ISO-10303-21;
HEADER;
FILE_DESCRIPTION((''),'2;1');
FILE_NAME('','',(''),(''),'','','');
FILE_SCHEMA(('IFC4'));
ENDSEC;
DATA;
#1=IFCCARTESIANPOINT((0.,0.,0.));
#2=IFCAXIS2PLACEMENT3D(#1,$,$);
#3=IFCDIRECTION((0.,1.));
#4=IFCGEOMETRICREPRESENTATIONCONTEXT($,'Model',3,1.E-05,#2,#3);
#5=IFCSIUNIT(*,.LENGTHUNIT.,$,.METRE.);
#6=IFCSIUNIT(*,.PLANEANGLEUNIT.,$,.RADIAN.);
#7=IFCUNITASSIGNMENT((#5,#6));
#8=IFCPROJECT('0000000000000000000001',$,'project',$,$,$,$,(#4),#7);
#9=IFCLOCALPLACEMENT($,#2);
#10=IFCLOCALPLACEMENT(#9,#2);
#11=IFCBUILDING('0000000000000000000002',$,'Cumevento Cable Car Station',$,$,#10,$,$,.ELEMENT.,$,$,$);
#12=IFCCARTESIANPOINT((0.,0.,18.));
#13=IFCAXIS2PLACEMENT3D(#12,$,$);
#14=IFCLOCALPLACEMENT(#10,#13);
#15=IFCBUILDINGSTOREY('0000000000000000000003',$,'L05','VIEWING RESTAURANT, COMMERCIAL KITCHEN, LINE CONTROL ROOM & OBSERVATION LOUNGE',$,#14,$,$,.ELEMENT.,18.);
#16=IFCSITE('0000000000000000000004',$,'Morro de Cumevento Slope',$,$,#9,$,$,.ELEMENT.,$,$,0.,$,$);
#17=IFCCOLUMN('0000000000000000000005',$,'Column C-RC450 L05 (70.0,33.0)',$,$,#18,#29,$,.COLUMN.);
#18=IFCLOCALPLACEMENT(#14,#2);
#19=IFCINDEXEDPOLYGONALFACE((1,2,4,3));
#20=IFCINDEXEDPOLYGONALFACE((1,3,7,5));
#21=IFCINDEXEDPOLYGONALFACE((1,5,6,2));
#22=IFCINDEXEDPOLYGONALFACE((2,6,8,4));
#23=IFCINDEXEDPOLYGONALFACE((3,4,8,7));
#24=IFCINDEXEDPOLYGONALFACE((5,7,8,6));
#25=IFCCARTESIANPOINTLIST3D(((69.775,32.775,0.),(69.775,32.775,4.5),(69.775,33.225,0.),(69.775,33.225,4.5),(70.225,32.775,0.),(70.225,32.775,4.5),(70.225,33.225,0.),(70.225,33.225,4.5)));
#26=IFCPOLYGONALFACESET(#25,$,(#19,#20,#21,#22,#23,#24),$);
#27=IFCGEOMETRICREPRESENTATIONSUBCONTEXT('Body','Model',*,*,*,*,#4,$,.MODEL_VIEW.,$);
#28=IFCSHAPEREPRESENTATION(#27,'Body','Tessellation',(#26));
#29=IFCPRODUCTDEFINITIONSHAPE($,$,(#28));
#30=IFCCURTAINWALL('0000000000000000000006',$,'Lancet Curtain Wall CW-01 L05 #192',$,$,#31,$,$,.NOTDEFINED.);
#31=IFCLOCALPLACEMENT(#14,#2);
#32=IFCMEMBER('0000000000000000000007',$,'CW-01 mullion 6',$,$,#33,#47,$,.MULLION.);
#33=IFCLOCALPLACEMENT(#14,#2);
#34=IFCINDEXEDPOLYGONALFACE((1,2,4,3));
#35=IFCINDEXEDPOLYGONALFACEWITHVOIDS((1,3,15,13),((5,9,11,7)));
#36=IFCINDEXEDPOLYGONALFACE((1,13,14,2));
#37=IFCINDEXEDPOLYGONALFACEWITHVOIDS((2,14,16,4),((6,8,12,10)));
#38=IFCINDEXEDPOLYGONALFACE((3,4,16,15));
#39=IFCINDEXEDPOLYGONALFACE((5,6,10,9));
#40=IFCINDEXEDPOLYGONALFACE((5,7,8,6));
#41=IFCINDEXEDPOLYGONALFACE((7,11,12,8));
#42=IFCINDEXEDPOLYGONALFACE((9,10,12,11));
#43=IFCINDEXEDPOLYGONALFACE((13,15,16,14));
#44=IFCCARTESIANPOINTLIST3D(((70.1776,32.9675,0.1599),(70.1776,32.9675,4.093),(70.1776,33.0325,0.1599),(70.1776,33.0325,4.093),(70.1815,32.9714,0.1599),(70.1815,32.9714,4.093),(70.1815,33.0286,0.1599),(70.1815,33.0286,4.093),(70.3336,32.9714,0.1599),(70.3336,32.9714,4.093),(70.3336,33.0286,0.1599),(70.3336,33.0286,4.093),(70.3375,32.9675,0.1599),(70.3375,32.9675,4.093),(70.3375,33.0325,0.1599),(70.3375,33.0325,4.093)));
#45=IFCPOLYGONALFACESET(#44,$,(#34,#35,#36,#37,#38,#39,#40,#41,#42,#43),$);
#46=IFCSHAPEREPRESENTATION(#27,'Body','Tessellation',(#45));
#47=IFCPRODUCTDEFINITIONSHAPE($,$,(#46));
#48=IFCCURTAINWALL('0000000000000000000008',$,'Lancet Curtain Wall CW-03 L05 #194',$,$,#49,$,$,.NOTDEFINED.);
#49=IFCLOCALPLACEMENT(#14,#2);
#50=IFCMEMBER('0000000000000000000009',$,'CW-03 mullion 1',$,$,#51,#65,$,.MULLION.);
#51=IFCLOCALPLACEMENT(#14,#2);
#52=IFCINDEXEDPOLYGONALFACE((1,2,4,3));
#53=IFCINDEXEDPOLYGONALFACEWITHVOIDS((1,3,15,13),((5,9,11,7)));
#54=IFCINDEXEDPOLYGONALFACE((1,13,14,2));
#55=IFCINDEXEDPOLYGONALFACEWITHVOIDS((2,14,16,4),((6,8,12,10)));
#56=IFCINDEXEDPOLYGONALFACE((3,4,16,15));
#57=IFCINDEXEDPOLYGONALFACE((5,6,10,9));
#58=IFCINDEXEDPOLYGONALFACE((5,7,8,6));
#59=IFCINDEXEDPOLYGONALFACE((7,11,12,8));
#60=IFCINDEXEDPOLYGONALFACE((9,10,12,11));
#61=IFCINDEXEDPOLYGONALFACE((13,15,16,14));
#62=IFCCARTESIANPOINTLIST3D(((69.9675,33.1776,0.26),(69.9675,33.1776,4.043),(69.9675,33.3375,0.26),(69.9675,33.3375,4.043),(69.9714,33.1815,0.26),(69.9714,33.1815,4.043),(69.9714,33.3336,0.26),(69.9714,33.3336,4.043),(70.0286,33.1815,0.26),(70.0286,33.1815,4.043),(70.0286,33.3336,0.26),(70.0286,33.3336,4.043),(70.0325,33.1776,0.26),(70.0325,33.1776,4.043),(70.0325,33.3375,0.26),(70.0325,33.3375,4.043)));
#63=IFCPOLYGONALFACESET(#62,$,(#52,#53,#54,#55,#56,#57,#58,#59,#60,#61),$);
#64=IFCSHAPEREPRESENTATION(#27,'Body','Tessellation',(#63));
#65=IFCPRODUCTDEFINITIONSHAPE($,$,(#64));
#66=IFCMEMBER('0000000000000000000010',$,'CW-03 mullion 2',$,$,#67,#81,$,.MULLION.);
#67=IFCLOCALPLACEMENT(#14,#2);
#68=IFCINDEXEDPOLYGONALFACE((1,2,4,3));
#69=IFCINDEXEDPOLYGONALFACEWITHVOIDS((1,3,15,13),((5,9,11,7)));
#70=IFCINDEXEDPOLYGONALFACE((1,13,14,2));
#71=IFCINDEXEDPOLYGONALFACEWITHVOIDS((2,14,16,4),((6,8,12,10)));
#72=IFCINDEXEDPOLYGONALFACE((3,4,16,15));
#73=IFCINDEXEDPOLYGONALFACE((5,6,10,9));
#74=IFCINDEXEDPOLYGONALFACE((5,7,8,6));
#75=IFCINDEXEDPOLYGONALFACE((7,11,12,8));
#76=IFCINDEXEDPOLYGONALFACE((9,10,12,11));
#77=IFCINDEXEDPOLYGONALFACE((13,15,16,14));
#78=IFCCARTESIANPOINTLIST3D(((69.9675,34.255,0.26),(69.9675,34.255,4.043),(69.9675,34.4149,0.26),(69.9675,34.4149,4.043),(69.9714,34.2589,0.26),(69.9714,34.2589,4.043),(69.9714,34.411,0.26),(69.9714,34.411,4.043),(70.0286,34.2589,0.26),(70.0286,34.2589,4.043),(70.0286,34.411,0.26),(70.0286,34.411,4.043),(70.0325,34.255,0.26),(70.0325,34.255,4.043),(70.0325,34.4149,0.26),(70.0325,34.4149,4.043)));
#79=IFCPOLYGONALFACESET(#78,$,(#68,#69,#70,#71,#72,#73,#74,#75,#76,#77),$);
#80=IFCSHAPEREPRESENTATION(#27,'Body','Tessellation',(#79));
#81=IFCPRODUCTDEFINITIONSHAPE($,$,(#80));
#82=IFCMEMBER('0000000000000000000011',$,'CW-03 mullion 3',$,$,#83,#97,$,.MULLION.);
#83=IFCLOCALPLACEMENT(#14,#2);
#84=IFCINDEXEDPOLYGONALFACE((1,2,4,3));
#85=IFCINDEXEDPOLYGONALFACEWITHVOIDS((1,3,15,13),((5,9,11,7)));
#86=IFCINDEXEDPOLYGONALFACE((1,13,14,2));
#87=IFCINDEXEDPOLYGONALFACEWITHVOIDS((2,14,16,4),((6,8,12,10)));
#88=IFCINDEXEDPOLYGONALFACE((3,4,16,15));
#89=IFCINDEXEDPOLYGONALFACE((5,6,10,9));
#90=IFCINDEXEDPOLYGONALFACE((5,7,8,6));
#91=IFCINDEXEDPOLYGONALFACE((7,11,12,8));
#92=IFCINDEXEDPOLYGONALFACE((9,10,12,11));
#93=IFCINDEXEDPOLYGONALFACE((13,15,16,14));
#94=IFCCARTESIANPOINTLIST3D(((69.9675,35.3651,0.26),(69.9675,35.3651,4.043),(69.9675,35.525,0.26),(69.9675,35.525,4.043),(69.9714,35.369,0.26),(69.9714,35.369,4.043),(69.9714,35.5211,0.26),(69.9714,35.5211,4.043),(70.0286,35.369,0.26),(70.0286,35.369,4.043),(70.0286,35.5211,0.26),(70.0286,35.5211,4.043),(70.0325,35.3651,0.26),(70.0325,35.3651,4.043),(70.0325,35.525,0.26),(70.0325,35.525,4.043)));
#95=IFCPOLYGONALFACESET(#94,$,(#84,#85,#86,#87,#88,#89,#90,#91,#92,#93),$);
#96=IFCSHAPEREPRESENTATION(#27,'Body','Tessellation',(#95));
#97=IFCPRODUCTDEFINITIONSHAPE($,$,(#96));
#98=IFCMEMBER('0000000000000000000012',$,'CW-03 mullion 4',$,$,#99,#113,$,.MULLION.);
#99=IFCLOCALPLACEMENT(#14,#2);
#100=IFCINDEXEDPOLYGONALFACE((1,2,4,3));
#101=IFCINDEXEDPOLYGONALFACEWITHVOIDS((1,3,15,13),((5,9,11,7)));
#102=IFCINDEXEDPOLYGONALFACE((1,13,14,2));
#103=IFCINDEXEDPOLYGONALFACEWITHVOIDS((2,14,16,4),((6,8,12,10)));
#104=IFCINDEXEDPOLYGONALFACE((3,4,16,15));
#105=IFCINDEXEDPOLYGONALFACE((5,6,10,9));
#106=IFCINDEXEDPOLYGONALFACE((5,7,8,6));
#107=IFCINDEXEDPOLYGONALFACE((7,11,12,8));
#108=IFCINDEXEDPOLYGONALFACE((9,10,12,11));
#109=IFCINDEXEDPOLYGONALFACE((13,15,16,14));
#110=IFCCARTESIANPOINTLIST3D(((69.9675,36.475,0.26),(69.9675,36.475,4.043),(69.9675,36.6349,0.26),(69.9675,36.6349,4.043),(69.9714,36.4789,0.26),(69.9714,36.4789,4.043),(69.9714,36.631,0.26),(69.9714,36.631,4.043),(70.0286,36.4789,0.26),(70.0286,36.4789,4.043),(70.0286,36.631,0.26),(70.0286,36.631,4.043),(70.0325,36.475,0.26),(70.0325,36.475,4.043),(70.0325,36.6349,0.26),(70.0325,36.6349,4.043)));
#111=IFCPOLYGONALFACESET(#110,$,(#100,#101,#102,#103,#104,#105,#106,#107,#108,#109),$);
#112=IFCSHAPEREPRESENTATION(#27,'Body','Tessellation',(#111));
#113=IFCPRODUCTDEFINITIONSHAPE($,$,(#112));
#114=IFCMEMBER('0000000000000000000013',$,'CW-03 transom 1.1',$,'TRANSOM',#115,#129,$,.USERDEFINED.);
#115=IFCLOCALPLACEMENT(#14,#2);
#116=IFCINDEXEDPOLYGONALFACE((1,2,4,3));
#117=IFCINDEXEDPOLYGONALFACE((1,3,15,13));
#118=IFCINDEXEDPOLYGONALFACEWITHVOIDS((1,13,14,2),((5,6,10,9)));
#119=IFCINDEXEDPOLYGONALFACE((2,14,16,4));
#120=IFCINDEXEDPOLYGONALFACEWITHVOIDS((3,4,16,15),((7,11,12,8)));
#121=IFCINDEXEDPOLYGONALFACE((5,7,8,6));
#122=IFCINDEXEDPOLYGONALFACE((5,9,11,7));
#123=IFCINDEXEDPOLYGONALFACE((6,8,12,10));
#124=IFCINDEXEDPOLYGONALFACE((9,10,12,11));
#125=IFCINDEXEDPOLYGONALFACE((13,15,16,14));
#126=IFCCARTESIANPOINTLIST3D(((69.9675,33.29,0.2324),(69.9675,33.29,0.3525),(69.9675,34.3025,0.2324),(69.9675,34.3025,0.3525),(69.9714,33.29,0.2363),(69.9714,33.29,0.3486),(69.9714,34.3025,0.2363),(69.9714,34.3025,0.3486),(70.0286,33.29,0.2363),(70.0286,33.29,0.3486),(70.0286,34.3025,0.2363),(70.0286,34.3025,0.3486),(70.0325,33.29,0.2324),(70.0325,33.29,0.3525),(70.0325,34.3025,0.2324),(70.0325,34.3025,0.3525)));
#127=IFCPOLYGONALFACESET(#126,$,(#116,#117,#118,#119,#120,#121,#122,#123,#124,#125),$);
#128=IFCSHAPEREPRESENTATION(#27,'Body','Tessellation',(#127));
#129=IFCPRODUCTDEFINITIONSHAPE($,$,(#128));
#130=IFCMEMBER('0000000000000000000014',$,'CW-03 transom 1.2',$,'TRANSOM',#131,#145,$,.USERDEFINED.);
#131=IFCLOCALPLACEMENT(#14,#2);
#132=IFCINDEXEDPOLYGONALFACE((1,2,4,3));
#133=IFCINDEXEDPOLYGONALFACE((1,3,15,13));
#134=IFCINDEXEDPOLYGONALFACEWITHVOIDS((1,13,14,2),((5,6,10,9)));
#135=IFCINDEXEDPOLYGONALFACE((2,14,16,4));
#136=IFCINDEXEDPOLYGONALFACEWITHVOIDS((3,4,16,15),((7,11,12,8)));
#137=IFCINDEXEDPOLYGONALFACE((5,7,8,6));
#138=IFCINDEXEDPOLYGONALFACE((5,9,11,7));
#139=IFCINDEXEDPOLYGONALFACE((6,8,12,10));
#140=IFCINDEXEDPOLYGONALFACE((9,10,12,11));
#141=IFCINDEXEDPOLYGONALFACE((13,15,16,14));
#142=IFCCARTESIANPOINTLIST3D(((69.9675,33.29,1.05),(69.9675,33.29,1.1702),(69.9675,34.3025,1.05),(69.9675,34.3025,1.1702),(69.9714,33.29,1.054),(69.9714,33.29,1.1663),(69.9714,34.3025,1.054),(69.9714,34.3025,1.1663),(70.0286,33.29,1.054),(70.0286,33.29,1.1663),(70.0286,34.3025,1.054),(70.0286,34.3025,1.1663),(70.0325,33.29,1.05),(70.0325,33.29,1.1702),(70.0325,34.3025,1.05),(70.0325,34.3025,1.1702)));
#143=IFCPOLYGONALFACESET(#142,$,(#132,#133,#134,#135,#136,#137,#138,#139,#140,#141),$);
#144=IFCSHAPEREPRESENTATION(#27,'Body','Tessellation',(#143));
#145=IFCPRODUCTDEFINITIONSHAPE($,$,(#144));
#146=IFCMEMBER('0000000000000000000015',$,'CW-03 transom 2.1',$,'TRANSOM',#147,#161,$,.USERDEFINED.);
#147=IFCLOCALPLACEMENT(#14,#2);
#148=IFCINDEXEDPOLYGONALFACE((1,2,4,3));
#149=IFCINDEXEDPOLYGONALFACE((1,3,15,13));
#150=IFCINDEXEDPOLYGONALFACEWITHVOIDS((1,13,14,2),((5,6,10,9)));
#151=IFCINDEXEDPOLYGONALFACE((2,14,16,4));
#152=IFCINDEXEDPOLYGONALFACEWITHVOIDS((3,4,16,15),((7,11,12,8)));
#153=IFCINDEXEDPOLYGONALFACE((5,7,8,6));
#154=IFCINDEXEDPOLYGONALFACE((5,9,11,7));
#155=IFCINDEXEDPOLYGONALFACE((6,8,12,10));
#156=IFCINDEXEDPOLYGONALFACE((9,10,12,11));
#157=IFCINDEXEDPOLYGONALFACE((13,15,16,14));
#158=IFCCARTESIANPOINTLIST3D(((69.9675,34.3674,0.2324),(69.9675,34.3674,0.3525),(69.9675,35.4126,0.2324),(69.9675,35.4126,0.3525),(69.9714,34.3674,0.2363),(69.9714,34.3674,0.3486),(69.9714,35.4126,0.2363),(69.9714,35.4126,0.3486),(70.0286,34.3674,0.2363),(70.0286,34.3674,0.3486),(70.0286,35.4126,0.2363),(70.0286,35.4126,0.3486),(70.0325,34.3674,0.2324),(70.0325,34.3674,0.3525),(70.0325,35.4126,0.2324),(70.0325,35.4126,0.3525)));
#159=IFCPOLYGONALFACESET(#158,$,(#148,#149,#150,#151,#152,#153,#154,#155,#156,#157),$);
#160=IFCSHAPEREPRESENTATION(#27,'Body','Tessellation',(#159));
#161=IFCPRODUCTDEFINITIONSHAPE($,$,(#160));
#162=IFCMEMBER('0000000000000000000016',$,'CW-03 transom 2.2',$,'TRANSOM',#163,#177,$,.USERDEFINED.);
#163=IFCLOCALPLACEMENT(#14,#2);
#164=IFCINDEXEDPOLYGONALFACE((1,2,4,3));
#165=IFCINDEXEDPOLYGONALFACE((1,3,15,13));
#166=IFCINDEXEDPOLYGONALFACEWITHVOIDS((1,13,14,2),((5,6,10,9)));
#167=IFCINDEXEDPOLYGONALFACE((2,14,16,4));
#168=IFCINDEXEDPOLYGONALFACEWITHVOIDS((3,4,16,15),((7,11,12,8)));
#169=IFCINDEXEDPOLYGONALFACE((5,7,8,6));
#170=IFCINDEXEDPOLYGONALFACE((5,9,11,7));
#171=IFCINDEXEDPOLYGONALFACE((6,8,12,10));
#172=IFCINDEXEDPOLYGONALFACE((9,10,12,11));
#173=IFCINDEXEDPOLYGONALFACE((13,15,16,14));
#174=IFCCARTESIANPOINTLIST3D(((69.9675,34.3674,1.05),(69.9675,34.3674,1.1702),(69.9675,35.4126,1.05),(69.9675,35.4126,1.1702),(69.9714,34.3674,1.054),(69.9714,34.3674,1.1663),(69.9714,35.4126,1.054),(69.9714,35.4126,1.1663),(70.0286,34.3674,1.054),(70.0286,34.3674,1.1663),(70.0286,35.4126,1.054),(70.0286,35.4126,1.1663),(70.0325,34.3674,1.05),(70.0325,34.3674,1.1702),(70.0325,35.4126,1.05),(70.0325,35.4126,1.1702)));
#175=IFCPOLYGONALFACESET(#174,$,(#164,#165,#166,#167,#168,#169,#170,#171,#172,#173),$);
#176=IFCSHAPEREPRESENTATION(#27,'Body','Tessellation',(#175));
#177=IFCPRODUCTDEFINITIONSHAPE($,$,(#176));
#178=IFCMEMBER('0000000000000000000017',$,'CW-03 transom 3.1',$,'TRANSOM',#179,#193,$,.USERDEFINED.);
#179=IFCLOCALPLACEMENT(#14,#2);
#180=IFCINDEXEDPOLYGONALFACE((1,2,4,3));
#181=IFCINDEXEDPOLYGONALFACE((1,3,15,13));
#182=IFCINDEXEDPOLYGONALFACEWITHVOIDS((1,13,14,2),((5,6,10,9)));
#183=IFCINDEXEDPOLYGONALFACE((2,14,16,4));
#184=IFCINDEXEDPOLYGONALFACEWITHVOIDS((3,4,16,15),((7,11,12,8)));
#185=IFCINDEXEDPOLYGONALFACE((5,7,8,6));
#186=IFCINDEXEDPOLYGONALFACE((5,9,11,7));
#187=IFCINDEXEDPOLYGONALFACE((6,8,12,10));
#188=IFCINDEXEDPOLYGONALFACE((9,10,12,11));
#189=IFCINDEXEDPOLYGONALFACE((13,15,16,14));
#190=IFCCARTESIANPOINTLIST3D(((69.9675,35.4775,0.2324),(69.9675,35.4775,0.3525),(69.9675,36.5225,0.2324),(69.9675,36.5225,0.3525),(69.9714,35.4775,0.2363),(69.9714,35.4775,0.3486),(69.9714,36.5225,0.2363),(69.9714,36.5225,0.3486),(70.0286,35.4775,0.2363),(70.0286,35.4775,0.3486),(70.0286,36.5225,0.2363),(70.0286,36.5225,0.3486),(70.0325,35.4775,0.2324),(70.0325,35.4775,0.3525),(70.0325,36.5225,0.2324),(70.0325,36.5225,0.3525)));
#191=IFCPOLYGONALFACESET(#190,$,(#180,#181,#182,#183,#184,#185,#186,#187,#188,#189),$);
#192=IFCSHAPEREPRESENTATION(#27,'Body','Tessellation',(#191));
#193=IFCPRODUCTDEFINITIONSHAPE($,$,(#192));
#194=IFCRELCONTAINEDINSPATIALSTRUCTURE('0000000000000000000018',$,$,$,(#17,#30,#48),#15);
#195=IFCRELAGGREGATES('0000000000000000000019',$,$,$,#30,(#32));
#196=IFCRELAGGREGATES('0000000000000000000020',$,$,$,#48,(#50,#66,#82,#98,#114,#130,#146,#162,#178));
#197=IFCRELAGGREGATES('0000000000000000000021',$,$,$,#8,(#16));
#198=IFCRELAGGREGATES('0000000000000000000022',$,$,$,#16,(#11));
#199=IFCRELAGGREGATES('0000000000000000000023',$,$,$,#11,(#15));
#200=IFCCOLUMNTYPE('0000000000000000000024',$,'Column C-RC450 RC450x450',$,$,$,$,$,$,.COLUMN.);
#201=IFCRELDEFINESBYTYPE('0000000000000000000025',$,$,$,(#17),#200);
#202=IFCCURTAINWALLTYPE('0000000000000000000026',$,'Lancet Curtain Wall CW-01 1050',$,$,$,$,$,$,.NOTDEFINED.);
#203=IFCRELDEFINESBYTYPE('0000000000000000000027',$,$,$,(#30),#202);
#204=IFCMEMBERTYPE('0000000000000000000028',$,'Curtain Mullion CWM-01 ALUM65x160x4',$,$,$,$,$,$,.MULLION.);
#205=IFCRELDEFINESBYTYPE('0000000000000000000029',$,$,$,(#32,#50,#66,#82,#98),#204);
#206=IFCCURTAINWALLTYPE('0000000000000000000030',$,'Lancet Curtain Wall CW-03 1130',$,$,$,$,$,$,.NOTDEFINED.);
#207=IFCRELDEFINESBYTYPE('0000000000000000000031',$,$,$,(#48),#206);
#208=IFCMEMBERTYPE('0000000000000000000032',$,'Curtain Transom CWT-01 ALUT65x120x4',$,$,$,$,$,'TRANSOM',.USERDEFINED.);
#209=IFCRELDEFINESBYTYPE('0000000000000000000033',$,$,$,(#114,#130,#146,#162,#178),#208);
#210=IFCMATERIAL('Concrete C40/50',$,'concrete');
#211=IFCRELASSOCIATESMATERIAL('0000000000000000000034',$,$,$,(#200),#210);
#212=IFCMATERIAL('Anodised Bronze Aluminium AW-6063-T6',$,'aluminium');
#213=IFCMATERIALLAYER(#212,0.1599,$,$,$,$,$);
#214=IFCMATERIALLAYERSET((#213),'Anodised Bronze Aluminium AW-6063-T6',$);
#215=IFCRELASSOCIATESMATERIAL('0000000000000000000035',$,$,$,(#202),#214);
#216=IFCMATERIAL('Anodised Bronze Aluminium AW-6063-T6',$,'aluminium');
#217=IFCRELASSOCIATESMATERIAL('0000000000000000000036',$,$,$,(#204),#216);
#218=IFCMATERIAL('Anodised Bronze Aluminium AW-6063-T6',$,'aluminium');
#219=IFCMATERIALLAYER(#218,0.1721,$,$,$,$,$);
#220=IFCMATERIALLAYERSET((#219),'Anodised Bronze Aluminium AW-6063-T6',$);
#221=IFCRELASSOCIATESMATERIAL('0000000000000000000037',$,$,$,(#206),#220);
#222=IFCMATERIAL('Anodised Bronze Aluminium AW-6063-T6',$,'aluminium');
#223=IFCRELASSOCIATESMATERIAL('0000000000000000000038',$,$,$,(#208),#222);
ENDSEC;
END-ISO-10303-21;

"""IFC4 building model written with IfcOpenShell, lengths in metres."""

from ifc_helpers import new_model, si_unit, direction, frame, origin, origin_2d, place, context, subcontext, project, spatial, rectangle, hollow_rectangle, extrude, material, layer, layer_set, material_profile, profile_set, type_object, element, aggregate, save


model = new_model("IFC4")

# Units and contexts
model_context = context("Model", 3, precision=1e-05, world=origin(), true_north=direction((0.0, 1.0)))
body_context = subcontext(model_context, "Body", "Model", "MODEL_VIEW")
ifc_project = project(units=[si_unit("LENGTHUNIT", "METRE"), si_unit("PLANEANGLEUNIT", "RADIAN")], contexts=[model_context])

# Site, building, storey
site_placement = place(None, origin())
site = spatial("IfcSite", under=ifc_project, at=site_placement, Name="Morro de Cumevento Slope", CompositionType="ELEMENT", RefElevation=0.0)
building_placement = place(site_placement, origin())
building = spatial("IfcBuilding", under=site, at=building_placement, Name="Cumevento Cable Car Station", CompositionType="ELEMENT")
storey_placement = place(building_placement, frame((0.0, 0.0, 18.0)))
storey = spatial("IfcBuildingStorey", under=building, at=storey_placement, Name="L05", Description="VIEWING RESTAURANT, COMMERCIAL KITCHEN, LINE CONTROL ROOM & OBSERVATION LOUNGE", CompositionType="ELEMENT", Elevation=18.0)

# Column
ifc_material_1 = material(Name="Concrete C40/50", Category="concrete")
ifc_material_profile_1 = material_profile(ifc_material_1, rectangle(XDim=0.45, YDim=0.45, at=origin_2d()), Name="RC450x450")
ifc_profile_set_1 = profile_set([ifc_material_profile_1], Name="Concrete C40/50")
column_type = type_object("IfcColumnType", Name="Column C-RC450 RC450x450", PredefinedType="COLUMN", material=ifc_profile_set_1)
column_placement = place(storey_placement, frame((70.0, 33.0, 0.0), z_axis=(0.0, 0.0, 1.0), x_axis=(1.0, 0.0, 0.0)))
element("IfcColumn", 1, at=column_placement, inside=storey, type_object=column_type, Name="Column C-RC450 L05 (70.0,33.0)", PredefinedType="COLUMN", context=body_context, shape_type="SweptSolid", body=[
    extrude(rectangle(XDim=0.45, YDim=0.45, at=origin_2d()), origin(), (0.0, 0.0, 1.0), 4.5),
])

# Curtain wall, member
ifc_material_2 = material(Name="Anodised Bronze Aluminium AW-6063-T6", Category="aluminium")
ifc_layer_1 = layer(ifc_material_2, 0.1599)
ifc_layer_set_1 = layer_set([ifc_layer_1], Name="Anodised Bronze Aluminium AW-6063-T6")
curtain_wall_type_1 = type_object("IfcCurtainWallType", Name="Lancet Curtain Wall CW-01 1050", PredefinedType="NOTDEFINED", material=ifc_layer_set_1)
curtain_wall_1_placement = place(storey_placement, origin())
curtain_wall_1 = element("IfcCurtainWall", 2, at=curtain_wall_1_placement, inside=storey, type_object=curtain_wall_type_1, Name="Lancet Curtain Wall CW-01 L05 #192", PredefinedType="NOTDEFINED")
ifc_material_3 = material(Name="Anodised Bronze Aluminium AW-6063-T6", Category="aluminium")
ifc_material_profile_2 = material_profile(ifc_material_3, hollow_rectangle(XDim=0.0649, YDim=0.1599, WallThickness=0.0039, at=origin_2d()), Name="ALUM65x160x4")
ifc_profile_set_2 = profile_set([ifc_material_profile_2], Name="Anodised Bronze Aluminium AW-6063-T6")
member_type_1 = type_object("IfcMemberType", Name="Curtain Mullion CWM-01 ALUM65x160x4", PredefinedType="MULLION", material=ifc_profile_set_2)
member_1_placement = place(storey_placement, frame((70.2576, 33.0, 0.1599), z_axis=(0.0, 0.0, 1.0), x_axis=(0.0, -1.0, 0.0)))
member_1 = element("IfcMember", 3, at=member_1_placement, type_object=member_type_1, Name="CW-01 mullion 6", PredefinedType="MULLION", context=body_context, shape_type="SweptSolid", body=[
    extrude(hollow_rectangle(XDim=0.0649, YDim=0.1599, WallThickness=0.0039, at=origin_2d()), origin(), (0.0, 0.0, 1.0), 3.9331),
])

# Curtain wall, members
ifc_material_4 = material(Name="Anodised Bronze Aluminium AW-6063-T6", Category="aluminium")
ifc_layer_2 = layer(ifc_material_4, 0.1721)
ifc_layer_set_2 = layer_set([ifc_layer_2], Name="Anodised Bronze Aluminium AW-6063-T6")
curtain_wall_type_2 = type_object("IfcCurtainWallType", Name="Lancet Curtain Wall CW-03 1130", PredefinedType="NOTDEFINED", material=ifc_layer_set_2)
curtain_wall_2_placement = place(storey_placement, origin())
curtain_wall_2 = element("IfcCurtainWall", 4, at=curtain_wall_2_placement, inside=storey, type_object=curtain_wall_type_2, Name="Lancet Curtain Wall CW-03 L05 #194", PredefinedType="NOTDEFINED")
member_2_placement = place(storey_placement, frame((70.0, 33.2576, 0.26), z_axis=(0.0, 0.0, 1.0), x_axis=(-1.0, 0.0, 0.0)))
member_2 = element("IfcMember", 5, at=member_2_placement, type_object=member_type_1, Name="CW-03 mullion 1", PredefinedType="MULLION", context=body_context, shape_type="SweptSolid", body=[
    extrude(hollow_rectangle(XDim=0.0649, YDim=0.1599, WallThickness=0.0039, at=origin_2d()), origin(), (0.0, 0.0, 1.0), 3.783),
])
member_3_placement = place(storey_placement, frame((70.0, 34.335, 0.26), z_axis=(0.0, 0.0, 1.0), x_axis=(-1.0, 0.0, 0.0)))
member_3 = element("IfcMember", 6, at=member_3_placement, type_object=member_type_1, Name="CW-03 mullion 2", PredefinedType="MULLION", context=body_context, shape_type="SweptSolid", body=[
    extrude(hollow_rectangle(XDim=0.0649, YDim=0.1599, WallThickness=0.0039, at=origin_2d()), origin(), (0.0, 0.0, 1.0), 3.783),
])
member_4_placement = place(storey_placement, frame((70.0, 35.4451, 0.26), z_axis=(0.0, 0.0, 1.0), x_axis=(-1.0, 0.0, 0.0)))
member_4 = element("IfcMember", 7, at=member_4_placement, type_object=member_type_1, Name="CW-03 mullion 3", PredefinedType="MULLION", context=body_context, shape_type="SweptSolid", body=[
    extrude(hollow_rectangle(XDim=0.0649, YDim=0.1599, WallThickness=0.0039, at=origin_2d()), origin(), (0.0, 0.0, 1.0), 3.783),
])
member_5_placement = place(storey_placement, frame((70.0, 36.5549, 0.26), z_axis=(0.0, 0.0, 1.0), x_axis=(-1.0, 0.0, 0.0)))
member_5 = element("IfcMember", 8, at=member_5_placement, type_object=member_type_1, Name="CW-03 mullion 4", PredefinedType="MULLION", context=body_context, shape_type="SweptSolid", body=[
    extrude(hollow_rectangle(XDim=0.0649, YDim=0.1599, WallThickness=0.0039, at=origin_2d()), origin(), (0.0, 0.0, 1.0), 3.783),
])
ifc_material_5 = material(Name="Anodised Bronze Aluminium AW-6063-T6", Category="aluminium")
ifc_material_profile_3 = material_profile(ifc_material_5, hollow_rectangle(XDim=0.0649, YDim=0.1201, WallThickness=0.0039, at=origin_2d()), Name="ALUT65x120x4")
ifc_profile_set_3 = profile_set([ifc_material_profile_3], Name="Anodised Bronze Aluminium AW-6063-T6")
member_type_2 = type_object("IfcMemberType", Name="Curtain Transom CWT-01 ALUT65x120x4", ElementType="TRANSOM", PredefinedType="USERDEFINED", material=ifc_profile_set_3)
member_6_placement = place(storey_placement, frame((70.0, 33.29, 0.2925), z_axis=(0.0, 1.0, 0.0), x_axis=(-1.0, 0.0, 0.0)))
member_6 = element("IfcMember", 9, at=member_6_placement, type_object=member_type_2, Name="CW-03 transom 1.1", ObjectType="TRANSOM", PredefinedType="USERDEFINED", context=body_context, shape_type="SweptSolid", body=[
    extrude(hollow_rectangle(XDim=0.0649, YDim=0.1201, WallThickness=0.0039, at=origin_2d()), origin(), (0.0, 0.0, 1.0), 1.0125),
])
member_7_placement = place(storey_placement, frame((70.0, 33.29, 1.1101), z_axis=(0.0, 1.0, 0.0), x_axis=(-1.0, 0.0, 0.0)))
member_7 = element("IfcMember", 10, at=member_7_placement, type_object=member_type_2, Name="CW-03 transom 1.2", ObjectType="TRANSOM", PredefinedType="USERDEFINED", context=body_context, shape_type="SweptSolid", body=[
    extrude(hollow_rectangle(XDim=0.0649, YDim=0.1201, WallThickness=0.0039, at=origin_2d()), origin(), (0.0, 0.0, 1.0), 1.0125),
])
member_8_placement = place(storey_placement, frame((70.0, 34.3674, 0.2925), z_axis=(0.0, 1.0, 0.0), x_axis=(-1.0, 0.0, 0.0)))
member_8 = element("IfcMember", 11, at=member_8_placement, type_object=member_type_2, Name="CW-03 transom 2.1", ObjectType="TRANSOM", PredefinedType="USERDEFINED", context=body_context, shape_type="SweptSolid", body=[
    extrude(hollow_rectangle(XDim=0.0649, YDim=0.1201, WallThickness=0.0039, at=origin_2d()), origin(), (0.0, 0.0, 1.0), 1.0452),
])
member_9_placement = place(storey_placement, frame((70.0, 34.3674, 1.1101), z_axis=(0.0, 1.0, 0.0), x_axis=(-1.0, 0.0, 0.0)))
member_9 = element("IfcMember", 12, at=member_9_placement, type_object=member_type_2, Name="CW-03 transom 2.2", ObjectType="TRANSOM", PredefinedType="USERDEFINED", context=body_context, shape_type="SweptSolid", body=[
    extrude(hollow_rectangle(XDim=0.0649, YDim=0.1201, WallThickness=0.0039, at=origin_2d()), origin(), (0.0, 0.0, 1.0), 1.0452),
])
member_10_placement = place(storey_placement, frame((70.0, 35.4775, 0.2925), z_axis=(0.0, 1.0, 0.0), x_axis=(-1.0, 0.0, 0.0)))
member_10 = element("IfcMember", 13, at=member_10_placement, type_object=member_type_2, Name="CW-03 transom 3.1", ObjectType="TRANSOM", PredefinedType="USERDEFINED", context=body_context, shape_type="SweptSolid", body=[
    extrude(hollow_rectangle(XDim=0.0649, YDim=0.1201, WallThickness=0.0039, at=origin_2d()), origin(), (0.0, 0.0, 1.0), 1.0449),
])

aggregate(curtain_wall_1, [member_1])
aggregate(curtain_wall_2, [member_2, member_3, member_4, member_5, member_6, member_7, member_8, member_9, member_10])

save(model, "model.ifc")
